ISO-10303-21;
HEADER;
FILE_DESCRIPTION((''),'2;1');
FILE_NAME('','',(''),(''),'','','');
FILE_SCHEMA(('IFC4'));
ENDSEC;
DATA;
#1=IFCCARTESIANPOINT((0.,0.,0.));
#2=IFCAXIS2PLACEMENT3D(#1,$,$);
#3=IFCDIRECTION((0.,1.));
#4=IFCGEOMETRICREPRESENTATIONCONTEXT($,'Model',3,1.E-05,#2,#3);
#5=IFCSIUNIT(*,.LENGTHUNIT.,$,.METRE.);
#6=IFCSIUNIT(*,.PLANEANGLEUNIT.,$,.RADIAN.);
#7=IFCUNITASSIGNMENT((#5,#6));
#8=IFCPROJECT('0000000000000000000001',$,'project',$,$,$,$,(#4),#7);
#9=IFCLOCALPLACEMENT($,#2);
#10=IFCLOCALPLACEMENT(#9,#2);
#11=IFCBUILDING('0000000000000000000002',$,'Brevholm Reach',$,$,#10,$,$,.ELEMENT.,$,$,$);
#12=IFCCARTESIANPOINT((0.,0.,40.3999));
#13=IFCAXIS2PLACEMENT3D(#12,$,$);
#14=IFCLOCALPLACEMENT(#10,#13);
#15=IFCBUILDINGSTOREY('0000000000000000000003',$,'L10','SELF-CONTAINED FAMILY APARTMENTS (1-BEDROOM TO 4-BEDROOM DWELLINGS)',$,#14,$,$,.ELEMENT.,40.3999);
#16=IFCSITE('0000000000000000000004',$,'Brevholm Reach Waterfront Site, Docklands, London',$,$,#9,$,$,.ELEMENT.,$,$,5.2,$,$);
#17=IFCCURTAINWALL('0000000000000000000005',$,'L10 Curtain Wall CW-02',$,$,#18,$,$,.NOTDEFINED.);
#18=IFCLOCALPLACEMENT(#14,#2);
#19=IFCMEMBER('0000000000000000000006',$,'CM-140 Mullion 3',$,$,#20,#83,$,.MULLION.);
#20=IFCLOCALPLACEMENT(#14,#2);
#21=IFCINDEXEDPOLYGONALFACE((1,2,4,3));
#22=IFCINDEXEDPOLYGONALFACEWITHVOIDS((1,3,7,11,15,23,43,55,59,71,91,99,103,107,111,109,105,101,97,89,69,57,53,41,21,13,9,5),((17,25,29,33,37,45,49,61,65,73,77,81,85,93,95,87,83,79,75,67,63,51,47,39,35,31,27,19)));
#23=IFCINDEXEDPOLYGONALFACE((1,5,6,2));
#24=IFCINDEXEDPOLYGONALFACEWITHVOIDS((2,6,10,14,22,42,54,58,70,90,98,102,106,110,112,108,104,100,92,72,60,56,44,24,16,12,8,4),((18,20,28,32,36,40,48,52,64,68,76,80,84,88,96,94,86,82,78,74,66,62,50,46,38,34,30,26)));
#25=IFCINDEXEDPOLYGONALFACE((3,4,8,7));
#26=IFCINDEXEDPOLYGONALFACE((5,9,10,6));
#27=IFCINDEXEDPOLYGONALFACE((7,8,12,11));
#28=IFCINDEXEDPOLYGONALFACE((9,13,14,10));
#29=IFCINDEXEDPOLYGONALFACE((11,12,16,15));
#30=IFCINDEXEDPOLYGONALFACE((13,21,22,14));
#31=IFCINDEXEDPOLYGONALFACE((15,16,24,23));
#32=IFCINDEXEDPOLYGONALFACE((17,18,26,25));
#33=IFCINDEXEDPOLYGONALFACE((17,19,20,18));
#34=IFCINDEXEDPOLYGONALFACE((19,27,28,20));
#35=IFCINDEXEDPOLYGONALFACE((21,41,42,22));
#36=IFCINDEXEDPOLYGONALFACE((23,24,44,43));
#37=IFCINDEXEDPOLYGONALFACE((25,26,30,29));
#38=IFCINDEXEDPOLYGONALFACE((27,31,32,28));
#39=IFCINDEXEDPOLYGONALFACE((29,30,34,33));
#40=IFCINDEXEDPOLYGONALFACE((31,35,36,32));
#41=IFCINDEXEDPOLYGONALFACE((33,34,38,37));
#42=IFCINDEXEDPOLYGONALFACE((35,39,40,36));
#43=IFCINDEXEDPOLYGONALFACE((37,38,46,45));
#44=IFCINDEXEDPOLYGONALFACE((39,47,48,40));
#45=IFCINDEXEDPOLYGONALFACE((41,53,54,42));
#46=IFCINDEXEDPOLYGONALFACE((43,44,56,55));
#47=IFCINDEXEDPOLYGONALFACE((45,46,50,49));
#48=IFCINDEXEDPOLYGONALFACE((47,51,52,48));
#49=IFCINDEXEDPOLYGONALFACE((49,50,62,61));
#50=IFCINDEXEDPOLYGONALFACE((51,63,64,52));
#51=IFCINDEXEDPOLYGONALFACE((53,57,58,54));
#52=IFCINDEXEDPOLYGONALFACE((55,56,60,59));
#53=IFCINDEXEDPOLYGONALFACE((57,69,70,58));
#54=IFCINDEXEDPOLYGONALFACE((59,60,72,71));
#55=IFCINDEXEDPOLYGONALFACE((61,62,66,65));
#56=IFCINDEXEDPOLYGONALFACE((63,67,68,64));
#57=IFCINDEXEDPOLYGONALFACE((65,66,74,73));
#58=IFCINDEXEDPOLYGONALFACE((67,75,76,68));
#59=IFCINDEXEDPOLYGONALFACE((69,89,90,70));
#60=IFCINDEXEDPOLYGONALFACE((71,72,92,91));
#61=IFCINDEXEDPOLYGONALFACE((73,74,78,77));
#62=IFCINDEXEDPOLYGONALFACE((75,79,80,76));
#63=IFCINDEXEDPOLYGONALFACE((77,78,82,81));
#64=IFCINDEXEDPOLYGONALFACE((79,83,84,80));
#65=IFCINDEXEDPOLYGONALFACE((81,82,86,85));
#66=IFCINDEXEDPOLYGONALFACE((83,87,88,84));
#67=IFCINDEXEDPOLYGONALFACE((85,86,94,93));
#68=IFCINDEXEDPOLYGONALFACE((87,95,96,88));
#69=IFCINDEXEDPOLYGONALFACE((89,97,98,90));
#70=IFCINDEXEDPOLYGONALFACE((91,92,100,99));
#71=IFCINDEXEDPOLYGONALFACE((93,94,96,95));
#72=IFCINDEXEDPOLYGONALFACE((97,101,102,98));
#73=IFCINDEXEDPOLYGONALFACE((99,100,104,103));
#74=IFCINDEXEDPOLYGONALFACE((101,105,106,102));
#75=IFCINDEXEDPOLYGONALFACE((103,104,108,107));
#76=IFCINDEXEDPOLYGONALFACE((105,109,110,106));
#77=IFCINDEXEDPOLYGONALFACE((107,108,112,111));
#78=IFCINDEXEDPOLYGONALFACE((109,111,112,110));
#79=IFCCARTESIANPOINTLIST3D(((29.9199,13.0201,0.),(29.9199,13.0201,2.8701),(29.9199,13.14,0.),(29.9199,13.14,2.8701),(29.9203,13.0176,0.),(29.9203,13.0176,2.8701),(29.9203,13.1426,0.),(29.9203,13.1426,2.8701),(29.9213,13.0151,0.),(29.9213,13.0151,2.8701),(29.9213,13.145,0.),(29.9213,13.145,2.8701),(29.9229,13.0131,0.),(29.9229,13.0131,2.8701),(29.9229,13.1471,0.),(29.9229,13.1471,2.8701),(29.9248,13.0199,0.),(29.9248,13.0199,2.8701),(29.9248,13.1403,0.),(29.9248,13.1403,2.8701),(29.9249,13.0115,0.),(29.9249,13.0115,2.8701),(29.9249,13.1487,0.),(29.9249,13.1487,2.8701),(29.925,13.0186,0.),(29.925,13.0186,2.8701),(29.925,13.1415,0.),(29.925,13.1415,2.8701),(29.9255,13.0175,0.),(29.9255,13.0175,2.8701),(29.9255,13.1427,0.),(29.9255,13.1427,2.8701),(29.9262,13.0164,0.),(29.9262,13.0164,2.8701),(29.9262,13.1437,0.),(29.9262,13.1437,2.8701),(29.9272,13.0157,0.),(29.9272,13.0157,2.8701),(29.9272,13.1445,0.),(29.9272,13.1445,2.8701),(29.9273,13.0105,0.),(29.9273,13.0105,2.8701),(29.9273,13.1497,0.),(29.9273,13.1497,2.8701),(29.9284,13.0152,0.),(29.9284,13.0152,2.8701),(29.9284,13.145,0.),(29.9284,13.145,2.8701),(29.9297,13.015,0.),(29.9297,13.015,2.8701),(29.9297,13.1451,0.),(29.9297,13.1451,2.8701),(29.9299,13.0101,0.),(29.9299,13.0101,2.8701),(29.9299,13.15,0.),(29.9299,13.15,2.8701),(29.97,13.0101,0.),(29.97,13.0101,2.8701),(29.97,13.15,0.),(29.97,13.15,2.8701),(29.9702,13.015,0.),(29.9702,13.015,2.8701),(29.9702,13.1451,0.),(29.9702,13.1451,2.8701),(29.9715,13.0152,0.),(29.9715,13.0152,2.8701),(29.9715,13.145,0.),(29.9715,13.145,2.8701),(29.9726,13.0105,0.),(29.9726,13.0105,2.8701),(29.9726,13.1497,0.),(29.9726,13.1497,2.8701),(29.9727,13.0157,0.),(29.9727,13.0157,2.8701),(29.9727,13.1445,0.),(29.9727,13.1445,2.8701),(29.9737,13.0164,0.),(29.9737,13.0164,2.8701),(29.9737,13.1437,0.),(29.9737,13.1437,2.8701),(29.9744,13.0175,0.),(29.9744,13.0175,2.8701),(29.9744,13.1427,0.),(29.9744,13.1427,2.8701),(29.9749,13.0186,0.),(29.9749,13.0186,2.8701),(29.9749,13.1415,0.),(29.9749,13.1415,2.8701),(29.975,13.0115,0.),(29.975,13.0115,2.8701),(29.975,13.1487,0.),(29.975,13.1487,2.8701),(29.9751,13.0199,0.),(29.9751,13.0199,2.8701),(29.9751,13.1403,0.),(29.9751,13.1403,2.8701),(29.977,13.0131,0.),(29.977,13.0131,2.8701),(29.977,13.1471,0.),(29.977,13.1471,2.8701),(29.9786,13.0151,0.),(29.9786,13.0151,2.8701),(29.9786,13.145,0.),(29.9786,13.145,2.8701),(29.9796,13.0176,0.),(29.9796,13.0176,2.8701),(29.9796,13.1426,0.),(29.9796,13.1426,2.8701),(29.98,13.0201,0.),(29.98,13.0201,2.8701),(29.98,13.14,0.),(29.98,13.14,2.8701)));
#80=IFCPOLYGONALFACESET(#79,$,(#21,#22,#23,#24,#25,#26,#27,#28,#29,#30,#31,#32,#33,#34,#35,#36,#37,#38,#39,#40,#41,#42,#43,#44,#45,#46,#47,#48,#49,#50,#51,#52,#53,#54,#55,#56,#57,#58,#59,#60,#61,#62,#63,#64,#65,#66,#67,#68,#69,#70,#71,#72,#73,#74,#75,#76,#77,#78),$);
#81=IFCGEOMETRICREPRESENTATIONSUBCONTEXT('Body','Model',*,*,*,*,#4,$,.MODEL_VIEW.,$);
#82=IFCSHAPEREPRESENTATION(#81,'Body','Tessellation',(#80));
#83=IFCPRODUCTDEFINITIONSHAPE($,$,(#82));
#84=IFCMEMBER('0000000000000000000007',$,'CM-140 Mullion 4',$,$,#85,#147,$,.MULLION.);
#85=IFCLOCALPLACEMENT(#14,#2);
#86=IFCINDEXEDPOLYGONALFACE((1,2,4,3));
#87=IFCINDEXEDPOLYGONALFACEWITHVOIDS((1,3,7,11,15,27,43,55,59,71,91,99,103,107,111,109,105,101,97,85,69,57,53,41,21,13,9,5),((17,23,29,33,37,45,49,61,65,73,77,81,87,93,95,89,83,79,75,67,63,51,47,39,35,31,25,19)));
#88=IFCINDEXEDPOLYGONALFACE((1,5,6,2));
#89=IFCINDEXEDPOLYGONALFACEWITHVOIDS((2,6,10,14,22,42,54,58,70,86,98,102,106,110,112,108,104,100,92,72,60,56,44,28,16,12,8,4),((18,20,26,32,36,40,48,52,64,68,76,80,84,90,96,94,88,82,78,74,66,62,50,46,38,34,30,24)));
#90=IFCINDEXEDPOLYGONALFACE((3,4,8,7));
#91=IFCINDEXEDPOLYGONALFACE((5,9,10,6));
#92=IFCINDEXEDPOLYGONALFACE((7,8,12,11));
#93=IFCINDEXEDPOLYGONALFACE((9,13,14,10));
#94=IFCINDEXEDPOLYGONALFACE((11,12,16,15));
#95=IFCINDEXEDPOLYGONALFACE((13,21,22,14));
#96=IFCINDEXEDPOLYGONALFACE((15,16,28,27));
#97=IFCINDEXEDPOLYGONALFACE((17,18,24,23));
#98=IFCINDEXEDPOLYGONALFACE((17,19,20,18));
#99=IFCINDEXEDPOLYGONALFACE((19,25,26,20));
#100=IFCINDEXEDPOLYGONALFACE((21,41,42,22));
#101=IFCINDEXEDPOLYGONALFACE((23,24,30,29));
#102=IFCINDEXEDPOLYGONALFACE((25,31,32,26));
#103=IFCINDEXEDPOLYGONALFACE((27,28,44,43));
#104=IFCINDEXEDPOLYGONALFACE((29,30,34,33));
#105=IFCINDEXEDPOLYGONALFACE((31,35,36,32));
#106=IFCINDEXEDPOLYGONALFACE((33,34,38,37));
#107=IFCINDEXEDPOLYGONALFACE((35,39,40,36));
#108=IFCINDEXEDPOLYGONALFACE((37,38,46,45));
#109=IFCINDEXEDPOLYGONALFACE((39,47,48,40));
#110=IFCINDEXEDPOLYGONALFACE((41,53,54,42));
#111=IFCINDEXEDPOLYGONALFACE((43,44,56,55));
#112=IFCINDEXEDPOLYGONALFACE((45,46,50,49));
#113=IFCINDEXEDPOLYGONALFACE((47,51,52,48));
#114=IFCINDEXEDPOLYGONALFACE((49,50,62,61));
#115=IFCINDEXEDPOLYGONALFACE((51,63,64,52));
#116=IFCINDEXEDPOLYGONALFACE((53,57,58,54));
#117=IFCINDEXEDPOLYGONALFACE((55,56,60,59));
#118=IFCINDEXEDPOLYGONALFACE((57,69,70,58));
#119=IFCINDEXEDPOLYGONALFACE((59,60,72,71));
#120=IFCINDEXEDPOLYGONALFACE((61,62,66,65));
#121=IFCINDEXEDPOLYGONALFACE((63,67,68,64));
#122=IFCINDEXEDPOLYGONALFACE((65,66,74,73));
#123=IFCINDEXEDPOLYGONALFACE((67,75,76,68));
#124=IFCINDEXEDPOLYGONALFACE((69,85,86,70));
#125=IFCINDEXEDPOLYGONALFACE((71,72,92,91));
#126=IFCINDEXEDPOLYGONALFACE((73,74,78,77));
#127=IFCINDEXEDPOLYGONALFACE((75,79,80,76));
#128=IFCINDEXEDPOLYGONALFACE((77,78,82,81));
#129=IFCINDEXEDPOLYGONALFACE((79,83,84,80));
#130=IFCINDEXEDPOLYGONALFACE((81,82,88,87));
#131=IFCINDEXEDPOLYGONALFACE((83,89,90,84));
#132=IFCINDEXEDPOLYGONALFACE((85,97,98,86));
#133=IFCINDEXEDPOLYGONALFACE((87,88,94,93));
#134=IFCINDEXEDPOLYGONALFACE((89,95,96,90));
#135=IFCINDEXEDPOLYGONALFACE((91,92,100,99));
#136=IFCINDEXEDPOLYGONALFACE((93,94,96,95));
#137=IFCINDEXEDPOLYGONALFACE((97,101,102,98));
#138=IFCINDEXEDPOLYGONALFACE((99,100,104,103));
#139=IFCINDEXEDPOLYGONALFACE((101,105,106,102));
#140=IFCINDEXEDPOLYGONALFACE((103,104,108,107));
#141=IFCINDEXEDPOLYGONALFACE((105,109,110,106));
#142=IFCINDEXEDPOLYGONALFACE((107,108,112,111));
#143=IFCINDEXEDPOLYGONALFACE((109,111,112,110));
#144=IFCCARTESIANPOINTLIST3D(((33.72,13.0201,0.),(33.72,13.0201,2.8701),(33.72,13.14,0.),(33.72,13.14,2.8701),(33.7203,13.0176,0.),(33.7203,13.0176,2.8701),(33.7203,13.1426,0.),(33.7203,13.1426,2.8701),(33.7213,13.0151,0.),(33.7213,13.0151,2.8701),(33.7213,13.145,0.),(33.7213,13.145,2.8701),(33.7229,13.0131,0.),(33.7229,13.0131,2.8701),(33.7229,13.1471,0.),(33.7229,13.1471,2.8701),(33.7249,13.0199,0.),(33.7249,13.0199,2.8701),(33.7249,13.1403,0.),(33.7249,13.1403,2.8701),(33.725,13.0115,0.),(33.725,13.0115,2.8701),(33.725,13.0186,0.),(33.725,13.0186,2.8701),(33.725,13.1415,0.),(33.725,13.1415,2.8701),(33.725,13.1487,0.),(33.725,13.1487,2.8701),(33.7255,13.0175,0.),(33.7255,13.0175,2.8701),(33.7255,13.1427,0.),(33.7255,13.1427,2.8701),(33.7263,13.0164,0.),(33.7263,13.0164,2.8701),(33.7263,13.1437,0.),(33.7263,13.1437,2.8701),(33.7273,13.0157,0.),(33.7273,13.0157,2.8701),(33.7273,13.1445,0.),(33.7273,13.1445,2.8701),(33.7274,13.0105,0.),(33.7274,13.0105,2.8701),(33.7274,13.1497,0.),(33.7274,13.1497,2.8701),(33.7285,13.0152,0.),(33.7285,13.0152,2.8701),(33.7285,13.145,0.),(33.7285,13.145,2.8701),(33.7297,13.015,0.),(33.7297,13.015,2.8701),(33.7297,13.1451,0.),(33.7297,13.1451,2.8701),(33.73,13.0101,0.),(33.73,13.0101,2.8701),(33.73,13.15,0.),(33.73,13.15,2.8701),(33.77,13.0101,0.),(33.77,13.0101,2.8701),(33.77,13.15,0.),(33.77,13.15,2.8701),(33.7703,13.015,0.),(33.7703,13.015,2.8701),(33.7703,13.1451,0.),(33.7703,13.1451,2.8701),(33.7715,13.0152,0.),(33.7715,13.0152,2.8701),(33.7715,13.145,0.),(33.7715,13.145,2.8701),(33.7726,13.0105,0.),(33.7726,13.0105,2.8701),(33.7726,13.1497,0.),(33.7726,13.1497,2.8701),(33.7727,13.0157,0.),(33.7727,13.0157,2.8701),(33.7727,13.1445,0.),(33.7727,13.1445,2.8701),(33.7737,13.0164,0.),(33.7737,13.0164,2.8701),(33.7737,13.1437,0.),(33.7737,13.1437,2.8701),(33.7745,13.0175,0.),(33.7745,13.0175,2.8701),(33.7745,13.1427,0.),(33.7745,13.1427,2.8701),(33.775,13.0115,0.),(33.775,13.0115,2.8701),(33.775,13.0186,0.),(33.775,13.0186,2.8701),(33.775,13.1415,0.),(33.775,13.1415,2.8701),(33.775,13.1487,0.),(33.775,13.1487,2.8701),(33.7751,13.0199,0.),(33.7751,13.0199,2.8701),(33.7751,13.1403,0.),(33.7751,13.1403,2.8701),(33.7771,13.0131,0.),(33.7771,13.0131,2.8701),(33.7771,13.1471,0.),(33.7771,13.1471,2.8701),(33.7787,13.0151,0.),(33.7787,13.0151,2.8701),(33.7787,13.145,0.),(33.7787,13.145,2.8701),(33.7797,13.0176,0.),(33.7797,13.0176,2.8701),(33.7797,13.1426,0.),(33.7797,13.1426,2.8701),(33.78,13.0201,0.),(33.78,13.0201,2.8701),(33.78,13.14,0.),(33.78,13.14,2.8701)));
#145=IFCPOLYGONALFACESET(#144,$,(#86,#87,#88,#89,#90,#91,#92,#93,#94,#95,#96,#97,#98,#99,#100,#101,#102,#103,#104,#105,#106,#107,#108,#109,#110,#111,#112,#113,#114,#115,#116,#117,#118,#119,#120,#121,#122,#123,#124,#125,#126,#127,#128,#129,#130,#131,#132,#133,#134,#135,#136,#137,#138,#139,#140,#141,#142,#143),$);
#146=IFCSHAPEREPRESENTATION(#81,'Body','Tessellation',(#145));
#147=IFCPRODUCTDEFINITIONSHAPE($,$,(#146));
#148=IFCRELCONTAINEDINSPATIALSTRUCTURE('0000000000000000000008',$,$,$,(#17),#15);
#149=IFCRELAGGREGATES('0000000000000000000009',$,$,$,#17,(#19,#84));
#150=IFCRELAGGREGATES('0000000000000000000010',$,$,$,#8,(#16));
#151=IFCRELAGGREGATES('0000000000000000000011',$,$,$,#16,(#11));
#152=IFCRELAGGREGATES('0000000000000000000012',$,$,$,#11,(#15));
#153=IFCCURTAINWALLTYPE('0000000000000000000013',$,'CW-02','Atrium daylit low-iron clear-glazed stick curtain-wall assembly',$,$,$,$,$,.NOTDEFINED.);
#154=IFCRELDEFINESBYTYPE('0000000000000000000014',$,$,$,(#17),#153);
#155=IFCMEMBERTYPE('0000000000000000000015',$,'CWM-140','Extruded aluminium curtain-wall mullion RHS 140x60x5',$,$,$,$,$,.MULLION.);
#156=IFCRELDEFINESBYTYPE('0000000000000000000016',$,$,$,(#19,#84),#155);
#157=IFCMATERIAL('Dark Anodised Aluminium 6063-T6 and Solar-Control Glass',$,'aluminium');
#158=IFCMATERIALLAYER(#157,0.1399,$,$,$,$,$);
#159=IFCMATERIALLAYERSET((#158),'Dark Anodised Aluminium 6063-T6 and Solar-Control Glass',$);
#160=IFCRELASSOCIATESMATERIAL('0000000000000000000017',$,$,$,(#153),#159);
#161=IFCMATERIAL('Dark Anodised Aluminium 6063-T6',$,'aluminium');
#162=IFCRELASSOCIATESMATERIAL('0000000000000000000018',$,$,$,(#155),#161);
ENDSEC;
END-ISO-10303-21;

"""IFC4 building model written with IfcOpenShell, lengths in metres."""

from ifc_helpers import new_model, si_unit, direction, frame, origin, origin_2d, place, context, subcontext, project, spatial, hollow_rectangle, extrude, material, layer, layer_set, material_profile, profile_set, type_object, element, aggregate, save


model = new_model("IFC4")

# Units and contexts
model_context = context("Model", 3, precision=1e-05, world=origin(), true_north=direction((0.0, 1.0)))
body_context = subcontext(model_context, "Body", "Model", "MODEL_VIEW")
ifc_project = project(units=[si_unit("LENGTHUNIT", "METRE"), si_unit("PLANEANGLEUNIT", "RADIAN")], contexts=[model_context])

# Site, building, storey
site_placement = place(None, origin())
site = spatial("IfcSite", under=ifc_project, at=site_placement, Name="Brevholm Reach Waterfront Site, Docklands, London", CompositionType="ELEMENT", RefElevation=5.2)
building_placement = place(site_placement, origin())
building = spatial("IfcBuilding", under=site, at=building_placement, Name="Brevholm Reach", CompositionType="ELEMENT")
storey_placement = place(building_placement, frame((0.0, 0.0, 40.3999)))
storey = spatial("IfcBuildingStorey", under=building, at=storey_placement, Name="L10", Description="SELF-CONTAINED FAMILY APARTMENTS (1-BEDROOM TO 4-BEDROOM DWELLINGS)", CompositionType="ELEMENT", Elevation=40.3999)

# Curtain wall, members
ifc_material_1 = material(Name="Dark Anodised Aluminium 6063-T6 and Solar-Control Glass", Category="aluminium")
ifc_layer_1 = layer(ifc_material_1, 0.1399)
ifc_layer_set_1 = layer_set([ifc_layer_1], Name="Dark Anodised Aluminium 6063-T6 and Solar-Control Glass")
curtain_wall_type = type_object("IfcCurtainWallType", Name="CW-02", Description="Atrium daylit low-iron clear-glazed stick curtain-wall assembly", PredefinedType="NOTDEFINED", material=ifc_layer_set_1)
curtain_wall_placement = place(storey_placement, origin())
curtain_wall = element("IfcCurtainWall", 1, at=curtain_wall_placement, inside=storey, type_object=curtain_wall_type, Name="L10 Curtain Wall CW-02", PredefinedType="NOTDEFINED")
ifc_material_2 = material(Name="Dark Anodised Aluminium 6063-T6", Category="aluminium")
ifc_material_profile_1 = material_profile(ifc_material_2, hollow_rectangle(XDim=0.0601, YDim=0.1399, WallThickness=0.0049, InnerFilletRadius=0.0049, OuterFilletRadius=0.01, at=origin_2d()), Name="RHS 140x60x5")
ifc_profile_set_1 = profile_set([ifc_material_profile_1], Name="Dark Anodised Aluminium 6063-T6")
member_type_1 = type_object("IfcMemberType", Name="CWM-140", Description="Extruded aluminium curtain-wall mullion RHS 140x60x5", PredefinedType="MULLION", material=ifc_profile_set_1)
member_1_placement = place(storey_placement, frame((29.95, 13.0801, 0.0), z_axis=(0.0, 0.0, 1.0), x_axis=(1.0, 0.0, 0.0)))
member_1 = element("IfcMember", 2, at=member_1_placement, type_object=member_type_1, Name="CM-140 Mullion 3", PredefinedType="MULLION", context=body_context, shape_type="SweptSolid", body=[
    extrude(hollow_rectangle(XDim=0.0601, YDim=0.1399, WallThickness=0.0049, InnerFilletRadius=0.0049, OuterFilletRadius=0.01, at=origin_2d()), origin(), (0.0, 0.0, 1.0), 2.8701),
])
member_2_placement = place(storey_placement, frame((33.75, 13.0801, 0.0), z_axis=(0.0, 0.0, 1.0), x_axis=(1.0, 0.0, 0.0)))
member_2 = element("IfcMember", 3, at=member_2_placement, type_object=member_type_1, Name="CM-140 Mullion 4", PredefinedType="MULLION", context=body_context, shape_type="SweptSolid", body=[
    extrude(hollow_rectangle(XDim=0.0601, YDim=0.1399, WallThickness=0.0049, InnerFilletRadius=0.0049, OuterFilletRadius=0.01, at=origin_2d()), origin(), (0.0, 0.0, 1.0), 2.8701),
])
aggregate(curtain_wall, [member_1, member_2])

save(model, "model.ifc")
